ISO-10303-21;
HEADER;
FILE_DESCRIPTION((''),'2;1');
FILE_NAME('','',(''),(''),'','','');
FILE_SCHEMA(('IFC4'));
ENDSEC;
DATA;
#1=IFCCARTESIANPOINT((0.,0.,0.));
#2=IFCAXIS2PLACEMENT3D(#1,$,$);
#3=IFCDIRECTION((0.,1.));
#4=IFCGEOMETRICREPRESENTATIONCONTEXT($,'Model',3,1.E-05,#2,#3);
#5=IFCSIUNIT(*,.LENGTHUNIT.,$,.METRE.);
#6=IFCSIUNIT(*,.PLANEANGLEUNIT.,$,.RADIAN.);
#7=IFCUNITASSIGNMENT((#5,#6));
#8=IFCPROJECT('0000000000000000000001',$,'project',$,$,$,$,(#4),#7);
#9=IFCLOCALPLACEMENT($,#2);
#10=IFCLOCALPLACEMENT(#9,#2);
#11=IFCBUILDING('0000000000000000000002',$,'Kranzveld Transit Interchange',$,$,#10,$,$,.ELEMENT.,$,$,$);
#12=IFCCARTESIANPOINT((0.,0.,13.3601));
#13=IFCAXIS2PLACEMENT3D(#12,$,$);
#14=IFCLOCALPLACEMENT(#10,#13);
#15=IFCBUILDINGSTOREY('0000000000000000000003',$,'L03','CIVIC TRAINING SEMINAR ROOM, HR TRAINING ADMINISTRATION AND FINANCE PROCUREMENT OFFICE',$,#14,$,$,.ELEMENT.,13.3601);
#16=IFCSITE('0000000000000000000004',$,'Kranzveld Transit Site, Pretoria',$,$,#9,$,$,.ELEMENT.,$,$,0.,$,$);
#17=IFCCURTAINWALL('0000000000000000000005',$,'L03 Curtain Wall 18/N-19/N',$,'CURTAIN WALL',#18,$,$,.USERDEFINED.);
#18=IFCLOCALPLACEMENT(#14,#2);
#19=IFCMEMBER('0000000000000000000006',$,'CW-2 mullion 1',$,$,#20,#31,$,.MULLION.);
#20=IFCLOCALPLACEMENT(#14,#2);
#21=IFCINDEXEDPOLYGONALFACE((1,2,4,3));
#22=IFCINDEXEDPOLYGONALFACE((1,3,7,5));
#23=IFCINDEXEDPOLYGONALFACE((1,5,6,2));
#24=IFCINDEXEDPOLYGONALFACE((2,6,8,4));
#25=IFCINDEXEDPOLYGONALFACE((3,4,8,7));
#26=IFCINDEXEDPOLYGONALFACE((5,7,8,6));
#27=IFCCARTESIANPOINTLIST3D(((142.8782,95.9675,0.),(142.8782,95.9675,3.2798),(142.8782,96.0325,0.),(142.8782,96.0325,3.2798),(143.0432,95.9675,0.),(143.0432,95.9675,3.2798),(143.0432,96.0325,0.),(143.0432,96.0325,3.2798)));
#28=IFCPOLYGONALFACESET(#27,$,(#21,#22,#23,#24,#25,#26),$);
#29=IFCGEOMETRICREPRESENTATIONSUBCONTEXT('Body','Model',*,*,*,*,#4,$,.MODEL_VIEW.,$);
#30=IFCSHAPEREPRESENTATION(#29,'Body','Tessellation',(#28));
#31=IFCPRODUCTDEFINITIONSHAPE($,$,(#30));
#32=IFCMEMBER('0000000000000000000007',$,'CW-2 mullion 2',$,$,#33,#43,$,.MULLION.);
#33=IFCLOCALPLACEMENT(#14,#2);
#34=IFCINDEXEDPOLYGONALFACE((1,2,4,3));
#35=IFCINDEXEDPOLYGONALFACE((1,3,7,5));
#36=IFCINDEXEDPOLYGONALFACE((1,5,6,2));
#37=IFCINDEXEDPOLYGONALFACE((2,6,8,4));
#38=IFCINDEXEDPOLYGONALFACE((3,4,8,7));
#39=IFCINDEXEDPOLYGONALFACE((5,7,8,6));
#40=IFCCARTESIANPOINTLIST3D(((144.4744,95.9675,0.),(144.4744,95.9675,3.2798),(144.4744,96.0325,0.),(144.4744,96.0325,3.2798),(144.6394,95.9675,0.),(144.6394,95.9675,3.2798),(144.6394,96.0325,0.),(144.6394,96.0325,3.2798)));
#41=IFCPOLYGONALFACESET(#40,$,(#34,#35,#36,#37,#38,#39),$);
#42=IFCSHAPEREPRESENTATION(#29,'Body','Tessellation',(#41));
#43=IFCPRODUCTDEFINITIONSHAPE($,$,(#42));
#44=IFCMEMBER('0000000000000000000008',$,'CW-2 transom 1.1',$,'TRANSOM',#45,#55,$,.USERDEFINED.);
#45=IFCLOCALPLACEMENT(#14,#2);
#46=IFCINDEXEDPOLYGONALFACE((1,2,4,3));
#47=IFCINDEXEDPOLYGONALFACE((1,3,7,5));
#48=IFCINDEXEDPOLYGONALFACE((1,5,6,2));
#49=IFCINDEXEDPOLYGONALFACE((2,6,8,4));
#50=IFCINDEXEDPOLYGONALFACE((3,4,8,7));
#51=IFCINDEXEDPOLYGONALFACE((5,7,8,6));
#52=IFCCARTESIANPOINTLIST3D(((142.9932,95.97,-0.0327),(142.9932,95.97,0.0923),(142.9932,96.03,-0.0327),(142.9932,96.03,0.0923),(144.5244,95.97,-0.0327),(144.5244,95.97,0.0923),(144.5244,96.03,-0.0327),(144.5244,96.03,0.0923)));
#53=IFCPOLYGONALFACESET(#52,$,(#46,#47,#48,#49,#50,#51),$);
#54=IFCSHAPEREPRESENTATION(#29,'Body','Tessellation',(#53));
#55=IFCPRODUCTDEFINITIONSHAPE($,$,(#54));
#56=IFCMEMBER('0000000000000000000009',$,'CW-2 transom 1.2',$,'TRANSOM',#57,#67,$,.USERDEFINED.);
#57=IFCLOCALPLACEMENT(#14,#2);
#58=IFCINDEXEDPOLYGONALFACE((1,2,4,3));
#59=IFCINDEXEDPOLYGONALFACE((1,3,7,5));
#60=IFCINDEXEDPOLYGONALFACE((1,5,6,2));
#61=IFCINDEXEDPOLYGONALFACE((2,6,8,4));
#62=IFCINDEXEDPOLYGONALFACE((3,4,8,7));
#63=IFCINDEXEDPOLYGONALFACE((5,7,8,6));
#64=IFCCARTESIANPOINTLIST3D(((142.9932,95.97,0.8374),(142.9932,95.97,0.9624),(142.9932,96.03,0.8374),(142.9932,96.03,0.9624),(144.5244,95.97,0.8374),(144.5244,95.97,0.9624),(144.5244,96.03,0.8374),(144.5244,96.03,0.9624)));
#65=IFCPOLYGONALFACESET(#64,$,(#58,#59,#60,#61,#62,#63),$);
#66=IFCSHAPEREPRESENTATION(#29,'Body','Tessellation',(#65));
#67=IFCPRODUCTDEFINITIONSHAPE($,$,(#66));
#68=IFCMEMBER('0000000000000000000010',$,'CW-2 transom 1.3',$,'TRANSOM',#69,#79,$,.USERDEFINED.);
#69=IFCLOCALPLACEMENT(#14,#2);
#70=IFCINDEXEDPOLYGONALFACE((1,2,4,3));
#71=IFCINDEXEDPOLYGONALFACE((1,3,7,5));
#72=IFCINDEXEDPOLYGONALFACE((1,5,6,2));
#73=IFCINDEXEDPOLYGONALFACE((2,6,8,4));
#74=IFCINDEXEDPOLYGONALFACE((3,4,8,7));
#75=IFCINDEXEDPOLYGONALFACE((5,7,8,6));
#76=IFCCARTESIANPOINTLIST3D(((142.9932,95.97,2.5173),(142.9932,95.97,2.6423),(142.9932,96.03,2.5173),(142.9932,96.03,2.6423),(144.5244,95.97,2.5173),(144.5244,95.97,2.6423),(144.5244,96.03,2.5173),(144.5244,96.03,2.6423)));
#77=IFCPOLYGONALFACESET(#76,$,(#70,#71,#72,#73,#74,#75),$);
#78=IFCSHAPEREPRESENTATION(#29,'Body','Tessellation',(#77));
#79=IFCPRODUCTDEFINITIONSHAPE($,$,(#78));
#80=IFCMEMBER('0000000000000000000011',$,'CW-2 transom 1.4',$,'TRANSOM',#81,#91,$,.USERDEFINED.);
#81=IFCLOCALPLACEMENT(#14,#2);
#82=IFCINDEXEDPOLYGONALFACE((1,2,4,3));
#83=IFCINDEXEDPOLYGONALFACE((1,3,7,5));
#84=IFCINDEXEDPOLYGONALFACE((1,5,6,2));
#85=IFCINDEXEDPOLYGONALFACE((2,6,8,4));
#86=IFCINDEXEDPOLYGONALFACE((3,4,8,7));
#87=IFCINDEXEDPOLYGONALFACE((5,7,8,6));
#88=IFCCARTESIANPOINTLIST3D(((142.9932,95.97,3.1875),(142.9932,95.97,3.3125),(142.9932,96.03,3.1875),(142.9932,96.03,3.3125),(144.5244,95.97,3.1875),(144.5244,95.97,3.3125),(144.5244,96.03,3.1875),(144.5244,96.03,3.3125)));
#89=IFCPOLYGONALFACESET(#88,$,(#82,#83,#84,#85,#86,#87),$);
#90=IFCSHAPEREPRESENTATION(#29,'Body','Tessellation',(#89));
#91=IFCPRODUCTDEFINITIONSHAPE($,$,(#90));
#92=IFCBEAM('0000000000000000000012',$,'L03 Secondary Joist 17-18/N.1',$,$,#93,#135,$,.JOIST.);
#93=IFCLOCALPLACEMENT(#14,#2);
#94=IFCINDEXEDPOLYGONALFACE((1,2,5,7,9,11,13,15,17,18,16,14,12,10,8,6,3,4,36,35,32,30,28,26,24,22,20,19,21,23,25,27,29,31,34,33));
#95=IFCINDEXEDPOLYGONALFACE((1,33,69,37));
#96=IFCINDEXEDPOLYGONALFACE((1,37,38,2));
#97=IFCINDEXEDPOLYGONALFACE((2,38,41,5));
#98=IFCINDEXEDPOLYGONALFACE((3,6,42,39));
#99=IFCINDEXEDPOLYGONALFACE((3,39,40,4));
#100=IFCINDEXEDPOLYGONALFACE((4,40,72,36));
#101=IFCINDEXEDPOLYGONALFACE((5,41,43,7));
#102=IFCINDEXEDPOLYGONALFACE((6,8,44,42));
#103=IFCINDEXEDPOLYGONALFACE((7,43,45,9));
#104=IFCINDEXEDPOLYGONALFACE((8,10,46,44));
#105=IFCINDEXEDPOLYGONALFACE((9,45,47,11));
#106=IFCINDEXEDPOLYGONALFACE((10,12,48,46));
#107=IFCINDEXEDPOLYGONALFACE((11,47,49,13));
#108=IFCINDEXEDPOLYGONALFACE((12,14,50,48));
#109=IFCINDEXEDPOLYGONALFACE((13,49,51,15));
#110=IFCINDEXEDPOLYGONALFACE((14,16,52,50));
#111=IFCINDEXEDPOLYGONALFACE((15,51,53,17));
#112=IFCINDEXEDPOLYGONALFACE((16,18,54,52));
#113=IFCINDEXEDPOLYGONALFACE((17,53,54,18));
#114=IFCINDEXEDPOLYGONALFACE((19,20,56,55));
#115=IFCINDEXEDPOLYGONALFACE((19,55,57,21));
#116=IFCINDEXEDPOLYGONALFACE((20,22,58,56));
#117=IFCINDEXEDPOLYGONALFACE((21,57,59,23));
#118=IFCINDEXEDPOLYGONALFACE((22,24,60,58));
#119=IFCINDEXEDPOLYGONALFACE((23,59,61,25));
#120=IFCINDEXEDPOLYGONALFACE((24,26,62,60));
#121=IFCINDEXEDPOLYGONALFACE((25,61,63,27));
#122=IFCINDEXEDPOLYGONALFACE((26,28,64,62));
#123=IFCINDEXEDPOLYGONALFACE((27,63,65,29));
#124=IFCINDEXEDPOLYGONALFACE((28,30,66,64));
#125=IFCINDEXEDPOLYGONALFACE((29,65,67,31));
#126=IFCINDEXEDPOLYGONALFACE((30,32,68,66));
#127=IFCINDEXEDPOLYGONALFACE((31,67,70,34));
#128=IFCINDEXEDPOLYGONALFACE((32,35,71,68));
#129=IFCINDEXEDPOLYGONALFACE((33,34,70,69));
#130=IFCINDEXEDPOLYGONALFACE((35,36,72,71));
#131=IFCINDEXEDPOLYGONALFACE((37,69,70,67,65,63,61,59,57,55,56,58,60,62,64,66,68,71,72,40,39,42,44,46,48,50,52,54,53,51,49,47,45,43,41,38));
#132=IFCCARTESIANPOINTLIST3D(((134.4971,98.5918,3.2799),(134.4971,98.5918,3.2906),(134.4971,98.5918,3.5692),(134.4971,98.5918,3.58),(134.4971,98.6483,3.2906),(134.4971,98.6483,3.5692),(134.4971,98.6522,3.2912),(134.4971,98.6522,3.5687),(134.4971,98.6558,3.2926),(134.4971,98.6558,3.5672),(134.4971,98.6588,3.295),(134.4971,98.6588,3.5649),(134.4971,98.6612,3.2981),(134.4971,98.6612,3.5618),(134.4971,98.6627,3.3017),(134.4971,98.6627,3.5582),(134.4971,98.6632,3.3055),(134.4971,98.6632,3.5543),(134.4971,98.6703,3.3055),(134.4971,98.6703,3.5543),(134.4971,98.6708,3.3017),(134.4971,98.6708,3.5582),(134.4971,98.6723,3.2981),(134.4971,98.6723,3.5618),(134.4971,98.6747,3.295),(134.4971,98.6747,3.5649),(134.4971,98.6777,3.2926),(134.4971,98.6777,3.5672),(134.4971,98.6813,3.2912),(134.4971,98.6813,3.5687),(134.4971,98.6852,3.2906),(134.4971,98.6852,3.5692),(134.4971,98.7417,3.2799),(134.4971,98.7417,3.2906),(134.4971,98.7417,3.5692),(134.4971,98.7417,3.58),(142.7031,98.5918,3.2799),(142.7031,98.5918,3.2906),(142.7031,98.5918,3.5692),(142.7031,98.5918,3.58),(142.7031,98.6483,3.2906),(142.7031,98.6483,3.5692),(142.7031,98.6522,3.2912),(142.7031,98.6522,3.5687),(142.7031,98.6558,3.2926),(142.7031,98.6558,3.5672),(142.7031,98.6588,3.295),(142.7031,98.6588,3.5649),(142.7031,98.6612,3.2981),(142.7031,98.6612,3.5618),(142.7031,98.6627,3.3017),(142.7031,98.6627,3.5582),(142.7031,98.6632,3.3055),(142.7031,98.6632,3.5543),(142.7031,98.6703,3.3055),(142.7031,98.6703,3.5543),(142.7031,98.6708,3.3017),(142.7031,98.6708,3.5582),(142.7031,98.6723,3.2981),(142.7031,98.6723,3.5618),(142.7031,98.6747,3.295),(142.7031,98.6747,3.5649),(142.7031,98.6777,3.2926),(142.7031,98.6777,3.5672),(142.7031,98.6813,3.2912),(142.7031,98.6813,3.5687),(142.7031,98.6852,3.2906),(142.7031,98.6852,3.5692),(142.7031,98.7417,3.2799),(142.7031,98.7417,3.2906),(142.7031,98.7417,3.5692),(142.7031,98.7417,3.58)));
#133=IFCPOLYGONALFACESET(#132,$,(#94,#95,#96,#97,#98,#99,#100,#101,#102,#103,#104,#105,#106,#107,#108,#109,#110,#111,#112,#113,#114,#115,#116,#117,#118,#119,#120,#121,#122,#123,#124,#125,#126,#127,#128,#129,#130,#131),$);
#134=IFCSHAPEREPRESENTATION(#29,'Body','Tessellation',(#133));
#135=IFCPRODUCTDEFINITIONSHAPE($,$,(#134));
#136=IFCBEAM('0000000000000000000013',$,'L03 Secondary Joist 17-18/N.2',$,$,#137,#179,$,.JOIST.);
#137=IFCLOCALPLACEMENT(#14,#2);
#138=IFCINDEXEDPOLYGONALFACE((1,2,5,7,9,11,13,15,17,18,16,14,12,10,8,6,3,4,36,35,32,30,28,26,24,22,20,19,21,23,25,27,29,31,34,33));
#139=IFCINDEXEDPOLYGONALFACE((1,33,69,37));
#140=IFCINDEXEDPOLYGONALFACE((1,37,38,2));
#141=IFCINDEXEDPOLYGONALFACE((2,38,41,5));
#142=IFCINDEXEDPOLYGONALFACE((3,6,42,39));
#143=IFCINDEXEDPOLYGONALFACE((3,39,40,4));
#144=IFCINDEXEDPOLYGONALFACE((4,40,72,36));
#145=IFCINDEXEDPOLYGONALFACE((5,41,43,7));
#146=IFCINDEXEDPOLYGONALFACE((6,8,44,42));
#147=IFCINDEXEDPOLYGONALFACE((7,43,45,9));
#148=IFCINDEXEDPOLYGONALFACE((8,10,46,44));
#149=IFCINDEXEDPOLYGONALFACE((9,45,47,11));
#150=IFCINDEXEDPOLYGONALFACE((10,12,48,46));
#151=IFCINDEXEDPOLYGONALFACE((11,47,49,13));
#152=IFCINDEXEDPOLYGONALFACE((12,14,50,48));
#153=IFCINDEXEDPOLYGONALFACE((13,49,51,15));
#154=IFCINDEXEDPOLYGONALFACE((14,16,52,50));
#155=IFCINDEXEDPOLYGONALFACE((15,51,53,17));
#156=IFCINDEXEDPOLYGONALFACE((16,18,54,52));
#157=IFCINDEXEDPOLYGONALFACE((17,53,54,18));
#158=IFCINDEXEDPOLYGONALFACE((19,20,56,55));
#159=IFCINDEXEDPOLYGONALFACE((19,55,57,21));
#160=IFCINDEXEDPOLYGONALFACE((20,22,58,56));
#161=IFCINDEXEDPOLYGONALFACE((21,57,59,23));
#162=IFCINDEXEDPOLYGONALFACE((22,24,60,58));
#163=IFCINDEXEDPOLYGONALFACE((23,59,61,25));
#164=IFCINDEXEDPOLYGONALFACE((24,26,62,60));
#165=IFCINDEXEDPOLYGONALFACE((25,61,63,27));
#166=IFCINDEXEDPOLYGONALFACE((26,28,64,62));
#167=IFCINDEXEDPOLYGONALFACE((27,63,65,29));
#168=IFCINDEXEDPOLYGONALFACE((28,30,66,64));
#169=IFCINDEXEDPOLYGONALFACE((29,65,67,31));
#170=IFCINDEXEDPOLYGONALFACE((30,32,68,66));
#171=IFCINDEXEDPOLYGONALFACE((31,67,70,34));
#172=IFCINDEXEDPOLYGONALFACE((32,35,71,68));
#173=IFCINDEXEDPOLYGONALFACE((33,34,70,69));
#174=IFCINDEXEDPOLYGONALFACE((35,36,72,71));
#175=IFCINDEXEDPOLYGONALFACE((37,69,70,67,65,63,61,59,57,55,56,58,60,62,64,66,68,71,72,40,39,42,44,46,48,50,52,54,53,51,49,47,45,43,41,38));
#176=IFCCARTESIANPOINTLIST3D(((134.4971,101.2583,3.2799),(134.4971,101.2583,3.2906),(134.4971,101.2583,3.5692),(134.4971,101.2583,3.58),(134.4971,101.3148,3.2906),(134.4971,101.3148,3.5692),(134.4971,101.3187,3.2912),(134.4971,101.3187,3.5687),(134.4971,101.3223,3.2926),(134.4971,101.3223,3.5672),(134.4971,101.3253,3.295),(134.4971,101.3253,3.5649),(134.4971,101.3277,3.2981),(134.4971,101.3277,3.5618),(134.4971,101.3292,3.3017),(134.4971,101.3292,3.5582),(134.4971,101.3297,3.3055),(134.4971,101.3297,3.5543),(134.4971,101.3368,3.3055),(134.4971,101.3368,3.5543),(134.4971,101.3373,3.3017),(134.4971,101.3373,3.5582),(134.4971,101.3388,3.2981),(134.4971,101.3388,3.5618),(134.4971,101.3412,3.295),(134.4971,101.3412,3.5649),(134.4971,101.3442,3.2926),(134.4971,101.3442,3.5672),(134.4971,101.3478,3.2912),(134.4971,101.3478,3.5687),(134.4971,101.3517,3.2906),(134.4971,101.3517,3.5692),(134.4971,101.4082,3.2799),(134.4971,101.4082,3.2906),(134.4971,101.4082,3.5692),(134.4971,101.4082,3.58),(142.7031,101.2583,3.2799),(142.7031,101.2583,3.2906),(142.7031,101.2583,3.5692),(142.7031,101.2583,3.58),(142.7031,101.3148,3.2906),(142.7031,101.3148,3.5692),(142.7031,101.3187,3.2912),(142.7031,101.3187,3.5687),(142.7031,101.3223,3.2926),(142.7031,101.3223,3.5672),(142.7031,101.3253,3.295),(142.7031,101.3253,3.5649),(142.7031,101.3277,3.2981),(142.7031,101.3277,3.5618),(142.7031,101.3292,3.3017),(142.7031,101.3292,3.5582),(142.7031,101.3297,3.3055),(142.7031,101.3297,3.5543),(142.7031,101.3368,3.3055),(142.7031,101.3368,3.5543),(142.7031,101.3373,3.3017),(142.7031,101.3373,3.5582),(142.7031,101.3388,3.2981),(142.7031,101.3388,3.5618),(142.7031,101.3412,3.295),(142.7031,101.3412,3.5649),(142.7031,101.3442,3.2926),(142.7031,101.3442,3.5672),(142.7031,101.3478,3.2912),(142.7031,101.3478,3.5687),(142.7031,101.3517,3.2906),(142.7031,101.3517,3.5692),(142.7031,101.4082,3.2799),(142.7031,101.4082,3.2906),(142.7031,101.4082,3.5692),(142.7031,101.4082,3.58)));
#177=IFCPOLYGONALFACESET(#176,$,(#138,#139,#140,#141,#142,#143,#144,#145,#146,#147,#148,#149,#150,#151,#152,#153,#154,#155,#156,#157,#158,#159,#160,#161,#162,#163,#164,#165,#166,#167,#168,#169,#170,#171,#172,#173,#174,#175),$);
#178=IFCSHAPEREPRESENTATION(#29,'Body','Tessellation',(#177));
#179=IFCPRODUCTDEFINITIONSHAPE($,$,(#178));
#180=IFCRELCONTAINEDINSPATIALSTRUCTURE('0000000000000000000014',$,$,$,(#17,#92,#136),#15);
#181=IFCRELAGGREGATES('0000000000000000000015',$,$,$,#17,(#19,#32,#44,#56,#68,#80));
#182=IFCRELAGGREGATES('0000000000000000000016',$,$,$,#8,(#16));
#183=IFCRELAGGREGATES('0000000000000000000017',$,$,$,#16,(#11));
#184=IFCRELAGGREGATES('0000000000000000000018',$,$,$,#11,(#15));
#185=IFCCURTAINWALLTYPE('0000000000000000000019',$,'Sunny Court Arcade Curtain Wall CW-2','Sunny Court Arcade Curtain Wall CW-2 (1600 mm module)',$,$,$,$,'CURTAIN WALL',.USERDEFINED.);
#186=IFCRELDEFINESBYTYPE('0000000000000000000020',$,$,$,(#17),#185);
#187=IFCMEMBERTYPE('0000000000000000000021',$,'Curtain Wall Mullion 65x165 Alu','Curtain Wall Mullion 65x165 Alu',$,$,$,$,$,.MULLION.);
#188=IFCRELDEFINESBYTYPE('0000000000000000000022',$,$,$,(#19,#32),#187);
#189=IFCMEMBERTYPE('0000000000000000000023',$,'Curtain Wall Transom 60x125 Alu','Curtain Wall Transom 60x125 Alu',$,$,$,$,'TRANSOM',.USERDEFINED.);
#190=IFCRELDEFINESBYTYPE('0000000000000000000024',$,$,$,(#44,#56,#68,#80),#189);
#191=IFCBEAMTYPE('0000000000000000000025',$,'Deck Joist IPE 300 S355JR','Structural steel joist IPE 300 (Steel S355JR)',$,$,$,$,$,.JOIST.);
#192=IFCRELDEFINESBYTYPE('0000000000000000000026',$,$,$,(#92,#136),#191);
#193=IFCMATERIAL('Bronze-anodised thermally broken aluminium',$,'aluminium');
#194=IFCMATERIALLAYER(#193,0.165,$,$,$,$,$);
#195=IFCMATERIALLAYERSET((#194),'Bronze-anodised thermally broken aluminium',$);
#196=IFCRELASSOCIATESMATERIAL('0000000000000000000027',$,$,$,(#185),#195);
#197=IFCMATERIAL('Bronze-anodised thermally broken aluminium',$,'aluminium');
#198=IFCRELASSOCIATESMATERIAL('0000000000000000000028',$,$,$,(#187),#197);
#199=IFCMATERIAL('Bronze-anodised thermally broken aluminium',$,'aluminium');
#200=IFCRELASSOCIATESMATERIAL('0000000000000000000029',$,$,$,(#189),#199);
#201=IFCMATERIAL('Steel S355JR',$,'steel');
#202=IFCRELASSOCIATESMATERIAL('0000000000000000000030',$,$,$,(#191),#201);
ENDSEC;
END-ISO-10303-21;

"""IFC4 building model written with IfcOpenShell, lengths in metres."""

from ifc_helpers import new_model, si_unit, direction, frame, origin, origin_2d, place, context, subcontext, project, spatial, rectangle, i_section, extrude, material, layer, layer_set, material_profile, profile_set, type_object, element, aggregate, save


model = new_model("IFC4")

# Units and contexts
model_context = context("Model", 3, precision=1e-05, world=origin(), true_north=direction((0.0, 1.0)))
body_context = subcontext(model_context, "Body", "Model", "MODEL_VIEW")
ifc_project = project(units=[si_unit("LENGTHUNIT", "METRE"), si_unit("PLANEANGLEUNIT", "RADIAN")], contexts=[model_context])

# Site, building, storey
site_placement = place(None, origin())
site = spatial("IfcSite", under=ifc_project, at=site_placement, Name="Kranzveld Transit Site, Pretoria", CompositionType="ELEMENT", RefElevation=0.0)
building_placement = place(site_placement, origin())
building = spatial("IfcBuilding", under=site, at=building_placement, Name="Kranzveld Transit Interchange", CompositionType="ELEMENT")
storey_placement = place(building_placement, frame((0.0, 0.0, 13.3601)))
storey = spatial("IfcBuildingStorey", under=building, at=storey_placement, Name="L03", Description="CIVIC TRAINING SEMINAR ROOM, HR TRAINING ADMINISTRATION AND FINANCE PROCUREMENT OFFICE", CompositionType="ELEMENT", Elevation=13.3601)

# Curtain wall, members
ifc_material_1 = material(Name="Bronze-anodised thermally broken aluminium", Category="aluminium")
ifc_layer_1 = layer(ifc_material_1, 0.165)
ifc_layer_set_1 = layer_set([ifc_layer_1], Name="Bronze-anodised thermally broken aluminium")
curtain_wall_type = type_object("IfcCurtainWallType", Name="Sunny Court Arcade Curtain Wall CW-2", Description="Sunny Court Arcade Curtain Wall CW-2 (1600 mm module)", ElementType="CURTAIN WALL", PredefinedType="USERDEFINED", material=ifc_layer_set_1)
curtain_wall_placement = place(storey_placement, origin())
curtain_wall = element("IfcCurtainWall", 1, at=curtain_wall_placement, inside=storey, type_object=curtain_wall_type, Name="L03 Curtain Wall 18/N-19/N", ObjectType="CURTAIN WALL", PredefinedType="USERDEFINED")
ifc_material_2 = material(Name="Bronze-anodised thermally broken aluminium", Category="aluminium")
ifc_material_profile_1 = material_profile(ifc_material_2, rectangle(XDim=0.0649, YDim=0.165, at=origin_2d()), Name="ALU MULLION 65x165")
ifc_profile_set_1 = profile_set([ifc_material_profile_1], Name="Bronze-anodised thermally broken aluminium")
member_type_1 = type_object("IfcMemberType", Name="Curtain Wall Mullion 65x165 Alu", Description="Curtain Wall Mullion 65x165 Alu", PredefinedType="MULLION", material=ifc_profile_set_1)
member_1_placement = place(storey_placement, frame((142.9607, 96.0, 0.0), z_axis=(0.0, 0.0, 1.0), x_axis=(0.0, 1.0, 0.0)))
member_1 = element("IfcMember", 2, at=member_1_placement, type_object=member_type_1, Name="CW-2 mullion 1", PredefinedType="MULLION", context=body_context, shape_type="SweptSolid", body=[
    extrude(rectangle(XDim=0.0649, YDim=0.165, at=origin_2d()), origin(), (0.0, 0.0, 1.0), 3.2798),
])
member_2_placement = place(storey_placement, frame((144.5569, 96.0, 0.0), z_axis=(0.0, 0.0, 1.0), x_axis=(0.0, 1.0, 0.0)))
member_2 = element("IfcMember", 3, at=member_2_placement, type_object=member_type_1, Name="CW-2 mullion 2", PredefinedType="MULLION", context=body_context, shape_type="SweptSolid", body=[
    extrude(rectangle(XDim=0.0649, YDim=0.165, at=origin_2d()), origin(), (0.0, 0.0, 1.0), 3.2798),
])
ifc_material_3 = material(Name="Bronze-anodised thermally broken aluminium", Category="aluminium")
ifc_material_profile_2 = material_profile(ifc_material_3, rectangle(XDim=0.0601, YDim=0.125, at=origin_2d()), Name="ALU TRANSOM 60x125")
ifc_profile_set_2 = profile_set([ifc_material_profile_2], Name="Bronze-anodised thermally broken aluminium")
member_type_2 = type_object("IfcMemberType", Name="Curtain Wall Transom 60x125 Alu", Description="Curtain Wall Transom 60x125 Alu", ElementType="TRANSOM", PredefinedType="USERDEFINED", material=ifc_profile_set_2)
member_3_placement = place(storey_placement, frame((142.9932, 96.0, 0.0298), z_axis=(1.0, 0.0, 0.0), x_axis=(0.0, 1.0, 0.0)))
member_3 = element("IfcMember", 4, at=member_3_placement, type_object=member_type_2, Name="CW-2 transom 1.1", ObjectType="TRANSOM", PredefinedType="USERDEFINED", context=body_context, shape_type="SweptSolid", body=[
    extrude(rectangle(XDim=0.0601, YDim=0.125, at=origin_2d()), origin(), (0.0, 0.0, 1.0), 1.5312),
])
member_4_placement = place(storey_placement, frame((142.9932, 96.0, 0.8999), z_axis=(1.0, 0.0, 0.0), x_axis=(0.0, 1.0, 0.0)))
member_4 = element("IfcMember", 5, at=member_4_placement, type_object=member_type_2, Name="CW-2 transom 1.2", ObjectType="TRANSOM", PredefinedType="USERDEFINED", context=body_context, shape_type="SweptSolid", body=[
    extrude(rectangle(XDim=0.0601, YDim=0.125, at=origin_2d()), origin(), (0.0, 0.0, 1.0), 1.5312),
])
member_5_placement = place(storey_placement, frame((142.9932, 96.0, 2.5798), z_axis=(1.0, 0.0, 0.0), x_axis=(0.0, 1.0, 0.0)))
member_5 = element("IfcMember", 6, at=member_5_placement, type_object=member_type_2, Name="CW-2 transom 1.3", ObjectType="TRANSOM", PredefinedType="USERDEFINED", context=body_context, shape_type="SweptSolid", body=[
    extrude(rectangle(XDim=0.0601, YDim=0.125, at=origin_2d()), origin(), (0.0, 0.0, 1.0), 1.5312),
])
member_6_placement = place(storey_placement, frame((142.9932, 96.0, 3.25), z_axis=(1.0, 0.0, 0.0), x_axis=(0.0, 1.0, 0.0)))
member_6 = element("IfcMember", 7, at=member_6_placement, type_object=member_type_2, Name="CW-2 transom 1.4", ObjectType="TRANSOM", PredefinedType="USERDEFINED", context=body_context, shape_type="SweptSolid", body=[
    extrude(rectangle(XDim=0.0601, YDim=0.125, at=origin_2d()), origin(), (0.0, 0.0, 1.0), 1.5312),
])

# Beams
ifc_material_4 = material(Name="Steel S355JR", Category="steel")
ifc_material_profile_3 = material_profile(ifc_material_4, i_section(OverallWidth=0.1499, OverallDepth=0.3, WebThickness=0.0071, FlangeThickness=0.0107, FilletRadius=0.0149, at=origin_2d()), Name="IPE 300")
ifc_profile_set_3 = profile_set([ifc_material_profile_3], Name="Steel S355JR")
beam_type_1 = type_object("IfcBeamType", Name="Deck Joist IPE 300 S355JR", Description="Structural steel joist IPE 300 (Steel S355JR)", PredefinedType="JOIST", material=ifc_profile_set_3)
for number, where, z_axis, x_axis, name in (
    (8, (134.4971, 98.6667, 3.4299), (1.0, 0.0, 0.0), (0.0, 1.0, 0.0), "L03 Secondary Joist 17-18/N.1"),
    (9, (134.4971, 101.3333, 3.4299), (1.0, 0.0, 0.0), (0.0, 1.0, 0.0), "L03 Secondary Joist 17-18/N.2"),
):
    element("IfcBeam", number, at=place(storey_placement, frame(where, z_axis=z_axis, x_axis=x_axis)), inside=storey, type_object=beam_type_1, Name=name, PredefinedType="JOIST", context=body_context, shape_type="SweptSolid", body=[
        extrude(i_section(OverallWidth=0.1499, OverallDepth=0.3, WebThickness=0.0071, FlangeThickness=0.0107, FilletRadius=0.0149, at=origin_2d()), origin(), (0.0, 0.0, 1.0), 8.2061),
    ])

aggregate(curtain_wall, [member_1, member_2, member_3, member_4, member_5, member_6])

save(model, "model.ifc")
